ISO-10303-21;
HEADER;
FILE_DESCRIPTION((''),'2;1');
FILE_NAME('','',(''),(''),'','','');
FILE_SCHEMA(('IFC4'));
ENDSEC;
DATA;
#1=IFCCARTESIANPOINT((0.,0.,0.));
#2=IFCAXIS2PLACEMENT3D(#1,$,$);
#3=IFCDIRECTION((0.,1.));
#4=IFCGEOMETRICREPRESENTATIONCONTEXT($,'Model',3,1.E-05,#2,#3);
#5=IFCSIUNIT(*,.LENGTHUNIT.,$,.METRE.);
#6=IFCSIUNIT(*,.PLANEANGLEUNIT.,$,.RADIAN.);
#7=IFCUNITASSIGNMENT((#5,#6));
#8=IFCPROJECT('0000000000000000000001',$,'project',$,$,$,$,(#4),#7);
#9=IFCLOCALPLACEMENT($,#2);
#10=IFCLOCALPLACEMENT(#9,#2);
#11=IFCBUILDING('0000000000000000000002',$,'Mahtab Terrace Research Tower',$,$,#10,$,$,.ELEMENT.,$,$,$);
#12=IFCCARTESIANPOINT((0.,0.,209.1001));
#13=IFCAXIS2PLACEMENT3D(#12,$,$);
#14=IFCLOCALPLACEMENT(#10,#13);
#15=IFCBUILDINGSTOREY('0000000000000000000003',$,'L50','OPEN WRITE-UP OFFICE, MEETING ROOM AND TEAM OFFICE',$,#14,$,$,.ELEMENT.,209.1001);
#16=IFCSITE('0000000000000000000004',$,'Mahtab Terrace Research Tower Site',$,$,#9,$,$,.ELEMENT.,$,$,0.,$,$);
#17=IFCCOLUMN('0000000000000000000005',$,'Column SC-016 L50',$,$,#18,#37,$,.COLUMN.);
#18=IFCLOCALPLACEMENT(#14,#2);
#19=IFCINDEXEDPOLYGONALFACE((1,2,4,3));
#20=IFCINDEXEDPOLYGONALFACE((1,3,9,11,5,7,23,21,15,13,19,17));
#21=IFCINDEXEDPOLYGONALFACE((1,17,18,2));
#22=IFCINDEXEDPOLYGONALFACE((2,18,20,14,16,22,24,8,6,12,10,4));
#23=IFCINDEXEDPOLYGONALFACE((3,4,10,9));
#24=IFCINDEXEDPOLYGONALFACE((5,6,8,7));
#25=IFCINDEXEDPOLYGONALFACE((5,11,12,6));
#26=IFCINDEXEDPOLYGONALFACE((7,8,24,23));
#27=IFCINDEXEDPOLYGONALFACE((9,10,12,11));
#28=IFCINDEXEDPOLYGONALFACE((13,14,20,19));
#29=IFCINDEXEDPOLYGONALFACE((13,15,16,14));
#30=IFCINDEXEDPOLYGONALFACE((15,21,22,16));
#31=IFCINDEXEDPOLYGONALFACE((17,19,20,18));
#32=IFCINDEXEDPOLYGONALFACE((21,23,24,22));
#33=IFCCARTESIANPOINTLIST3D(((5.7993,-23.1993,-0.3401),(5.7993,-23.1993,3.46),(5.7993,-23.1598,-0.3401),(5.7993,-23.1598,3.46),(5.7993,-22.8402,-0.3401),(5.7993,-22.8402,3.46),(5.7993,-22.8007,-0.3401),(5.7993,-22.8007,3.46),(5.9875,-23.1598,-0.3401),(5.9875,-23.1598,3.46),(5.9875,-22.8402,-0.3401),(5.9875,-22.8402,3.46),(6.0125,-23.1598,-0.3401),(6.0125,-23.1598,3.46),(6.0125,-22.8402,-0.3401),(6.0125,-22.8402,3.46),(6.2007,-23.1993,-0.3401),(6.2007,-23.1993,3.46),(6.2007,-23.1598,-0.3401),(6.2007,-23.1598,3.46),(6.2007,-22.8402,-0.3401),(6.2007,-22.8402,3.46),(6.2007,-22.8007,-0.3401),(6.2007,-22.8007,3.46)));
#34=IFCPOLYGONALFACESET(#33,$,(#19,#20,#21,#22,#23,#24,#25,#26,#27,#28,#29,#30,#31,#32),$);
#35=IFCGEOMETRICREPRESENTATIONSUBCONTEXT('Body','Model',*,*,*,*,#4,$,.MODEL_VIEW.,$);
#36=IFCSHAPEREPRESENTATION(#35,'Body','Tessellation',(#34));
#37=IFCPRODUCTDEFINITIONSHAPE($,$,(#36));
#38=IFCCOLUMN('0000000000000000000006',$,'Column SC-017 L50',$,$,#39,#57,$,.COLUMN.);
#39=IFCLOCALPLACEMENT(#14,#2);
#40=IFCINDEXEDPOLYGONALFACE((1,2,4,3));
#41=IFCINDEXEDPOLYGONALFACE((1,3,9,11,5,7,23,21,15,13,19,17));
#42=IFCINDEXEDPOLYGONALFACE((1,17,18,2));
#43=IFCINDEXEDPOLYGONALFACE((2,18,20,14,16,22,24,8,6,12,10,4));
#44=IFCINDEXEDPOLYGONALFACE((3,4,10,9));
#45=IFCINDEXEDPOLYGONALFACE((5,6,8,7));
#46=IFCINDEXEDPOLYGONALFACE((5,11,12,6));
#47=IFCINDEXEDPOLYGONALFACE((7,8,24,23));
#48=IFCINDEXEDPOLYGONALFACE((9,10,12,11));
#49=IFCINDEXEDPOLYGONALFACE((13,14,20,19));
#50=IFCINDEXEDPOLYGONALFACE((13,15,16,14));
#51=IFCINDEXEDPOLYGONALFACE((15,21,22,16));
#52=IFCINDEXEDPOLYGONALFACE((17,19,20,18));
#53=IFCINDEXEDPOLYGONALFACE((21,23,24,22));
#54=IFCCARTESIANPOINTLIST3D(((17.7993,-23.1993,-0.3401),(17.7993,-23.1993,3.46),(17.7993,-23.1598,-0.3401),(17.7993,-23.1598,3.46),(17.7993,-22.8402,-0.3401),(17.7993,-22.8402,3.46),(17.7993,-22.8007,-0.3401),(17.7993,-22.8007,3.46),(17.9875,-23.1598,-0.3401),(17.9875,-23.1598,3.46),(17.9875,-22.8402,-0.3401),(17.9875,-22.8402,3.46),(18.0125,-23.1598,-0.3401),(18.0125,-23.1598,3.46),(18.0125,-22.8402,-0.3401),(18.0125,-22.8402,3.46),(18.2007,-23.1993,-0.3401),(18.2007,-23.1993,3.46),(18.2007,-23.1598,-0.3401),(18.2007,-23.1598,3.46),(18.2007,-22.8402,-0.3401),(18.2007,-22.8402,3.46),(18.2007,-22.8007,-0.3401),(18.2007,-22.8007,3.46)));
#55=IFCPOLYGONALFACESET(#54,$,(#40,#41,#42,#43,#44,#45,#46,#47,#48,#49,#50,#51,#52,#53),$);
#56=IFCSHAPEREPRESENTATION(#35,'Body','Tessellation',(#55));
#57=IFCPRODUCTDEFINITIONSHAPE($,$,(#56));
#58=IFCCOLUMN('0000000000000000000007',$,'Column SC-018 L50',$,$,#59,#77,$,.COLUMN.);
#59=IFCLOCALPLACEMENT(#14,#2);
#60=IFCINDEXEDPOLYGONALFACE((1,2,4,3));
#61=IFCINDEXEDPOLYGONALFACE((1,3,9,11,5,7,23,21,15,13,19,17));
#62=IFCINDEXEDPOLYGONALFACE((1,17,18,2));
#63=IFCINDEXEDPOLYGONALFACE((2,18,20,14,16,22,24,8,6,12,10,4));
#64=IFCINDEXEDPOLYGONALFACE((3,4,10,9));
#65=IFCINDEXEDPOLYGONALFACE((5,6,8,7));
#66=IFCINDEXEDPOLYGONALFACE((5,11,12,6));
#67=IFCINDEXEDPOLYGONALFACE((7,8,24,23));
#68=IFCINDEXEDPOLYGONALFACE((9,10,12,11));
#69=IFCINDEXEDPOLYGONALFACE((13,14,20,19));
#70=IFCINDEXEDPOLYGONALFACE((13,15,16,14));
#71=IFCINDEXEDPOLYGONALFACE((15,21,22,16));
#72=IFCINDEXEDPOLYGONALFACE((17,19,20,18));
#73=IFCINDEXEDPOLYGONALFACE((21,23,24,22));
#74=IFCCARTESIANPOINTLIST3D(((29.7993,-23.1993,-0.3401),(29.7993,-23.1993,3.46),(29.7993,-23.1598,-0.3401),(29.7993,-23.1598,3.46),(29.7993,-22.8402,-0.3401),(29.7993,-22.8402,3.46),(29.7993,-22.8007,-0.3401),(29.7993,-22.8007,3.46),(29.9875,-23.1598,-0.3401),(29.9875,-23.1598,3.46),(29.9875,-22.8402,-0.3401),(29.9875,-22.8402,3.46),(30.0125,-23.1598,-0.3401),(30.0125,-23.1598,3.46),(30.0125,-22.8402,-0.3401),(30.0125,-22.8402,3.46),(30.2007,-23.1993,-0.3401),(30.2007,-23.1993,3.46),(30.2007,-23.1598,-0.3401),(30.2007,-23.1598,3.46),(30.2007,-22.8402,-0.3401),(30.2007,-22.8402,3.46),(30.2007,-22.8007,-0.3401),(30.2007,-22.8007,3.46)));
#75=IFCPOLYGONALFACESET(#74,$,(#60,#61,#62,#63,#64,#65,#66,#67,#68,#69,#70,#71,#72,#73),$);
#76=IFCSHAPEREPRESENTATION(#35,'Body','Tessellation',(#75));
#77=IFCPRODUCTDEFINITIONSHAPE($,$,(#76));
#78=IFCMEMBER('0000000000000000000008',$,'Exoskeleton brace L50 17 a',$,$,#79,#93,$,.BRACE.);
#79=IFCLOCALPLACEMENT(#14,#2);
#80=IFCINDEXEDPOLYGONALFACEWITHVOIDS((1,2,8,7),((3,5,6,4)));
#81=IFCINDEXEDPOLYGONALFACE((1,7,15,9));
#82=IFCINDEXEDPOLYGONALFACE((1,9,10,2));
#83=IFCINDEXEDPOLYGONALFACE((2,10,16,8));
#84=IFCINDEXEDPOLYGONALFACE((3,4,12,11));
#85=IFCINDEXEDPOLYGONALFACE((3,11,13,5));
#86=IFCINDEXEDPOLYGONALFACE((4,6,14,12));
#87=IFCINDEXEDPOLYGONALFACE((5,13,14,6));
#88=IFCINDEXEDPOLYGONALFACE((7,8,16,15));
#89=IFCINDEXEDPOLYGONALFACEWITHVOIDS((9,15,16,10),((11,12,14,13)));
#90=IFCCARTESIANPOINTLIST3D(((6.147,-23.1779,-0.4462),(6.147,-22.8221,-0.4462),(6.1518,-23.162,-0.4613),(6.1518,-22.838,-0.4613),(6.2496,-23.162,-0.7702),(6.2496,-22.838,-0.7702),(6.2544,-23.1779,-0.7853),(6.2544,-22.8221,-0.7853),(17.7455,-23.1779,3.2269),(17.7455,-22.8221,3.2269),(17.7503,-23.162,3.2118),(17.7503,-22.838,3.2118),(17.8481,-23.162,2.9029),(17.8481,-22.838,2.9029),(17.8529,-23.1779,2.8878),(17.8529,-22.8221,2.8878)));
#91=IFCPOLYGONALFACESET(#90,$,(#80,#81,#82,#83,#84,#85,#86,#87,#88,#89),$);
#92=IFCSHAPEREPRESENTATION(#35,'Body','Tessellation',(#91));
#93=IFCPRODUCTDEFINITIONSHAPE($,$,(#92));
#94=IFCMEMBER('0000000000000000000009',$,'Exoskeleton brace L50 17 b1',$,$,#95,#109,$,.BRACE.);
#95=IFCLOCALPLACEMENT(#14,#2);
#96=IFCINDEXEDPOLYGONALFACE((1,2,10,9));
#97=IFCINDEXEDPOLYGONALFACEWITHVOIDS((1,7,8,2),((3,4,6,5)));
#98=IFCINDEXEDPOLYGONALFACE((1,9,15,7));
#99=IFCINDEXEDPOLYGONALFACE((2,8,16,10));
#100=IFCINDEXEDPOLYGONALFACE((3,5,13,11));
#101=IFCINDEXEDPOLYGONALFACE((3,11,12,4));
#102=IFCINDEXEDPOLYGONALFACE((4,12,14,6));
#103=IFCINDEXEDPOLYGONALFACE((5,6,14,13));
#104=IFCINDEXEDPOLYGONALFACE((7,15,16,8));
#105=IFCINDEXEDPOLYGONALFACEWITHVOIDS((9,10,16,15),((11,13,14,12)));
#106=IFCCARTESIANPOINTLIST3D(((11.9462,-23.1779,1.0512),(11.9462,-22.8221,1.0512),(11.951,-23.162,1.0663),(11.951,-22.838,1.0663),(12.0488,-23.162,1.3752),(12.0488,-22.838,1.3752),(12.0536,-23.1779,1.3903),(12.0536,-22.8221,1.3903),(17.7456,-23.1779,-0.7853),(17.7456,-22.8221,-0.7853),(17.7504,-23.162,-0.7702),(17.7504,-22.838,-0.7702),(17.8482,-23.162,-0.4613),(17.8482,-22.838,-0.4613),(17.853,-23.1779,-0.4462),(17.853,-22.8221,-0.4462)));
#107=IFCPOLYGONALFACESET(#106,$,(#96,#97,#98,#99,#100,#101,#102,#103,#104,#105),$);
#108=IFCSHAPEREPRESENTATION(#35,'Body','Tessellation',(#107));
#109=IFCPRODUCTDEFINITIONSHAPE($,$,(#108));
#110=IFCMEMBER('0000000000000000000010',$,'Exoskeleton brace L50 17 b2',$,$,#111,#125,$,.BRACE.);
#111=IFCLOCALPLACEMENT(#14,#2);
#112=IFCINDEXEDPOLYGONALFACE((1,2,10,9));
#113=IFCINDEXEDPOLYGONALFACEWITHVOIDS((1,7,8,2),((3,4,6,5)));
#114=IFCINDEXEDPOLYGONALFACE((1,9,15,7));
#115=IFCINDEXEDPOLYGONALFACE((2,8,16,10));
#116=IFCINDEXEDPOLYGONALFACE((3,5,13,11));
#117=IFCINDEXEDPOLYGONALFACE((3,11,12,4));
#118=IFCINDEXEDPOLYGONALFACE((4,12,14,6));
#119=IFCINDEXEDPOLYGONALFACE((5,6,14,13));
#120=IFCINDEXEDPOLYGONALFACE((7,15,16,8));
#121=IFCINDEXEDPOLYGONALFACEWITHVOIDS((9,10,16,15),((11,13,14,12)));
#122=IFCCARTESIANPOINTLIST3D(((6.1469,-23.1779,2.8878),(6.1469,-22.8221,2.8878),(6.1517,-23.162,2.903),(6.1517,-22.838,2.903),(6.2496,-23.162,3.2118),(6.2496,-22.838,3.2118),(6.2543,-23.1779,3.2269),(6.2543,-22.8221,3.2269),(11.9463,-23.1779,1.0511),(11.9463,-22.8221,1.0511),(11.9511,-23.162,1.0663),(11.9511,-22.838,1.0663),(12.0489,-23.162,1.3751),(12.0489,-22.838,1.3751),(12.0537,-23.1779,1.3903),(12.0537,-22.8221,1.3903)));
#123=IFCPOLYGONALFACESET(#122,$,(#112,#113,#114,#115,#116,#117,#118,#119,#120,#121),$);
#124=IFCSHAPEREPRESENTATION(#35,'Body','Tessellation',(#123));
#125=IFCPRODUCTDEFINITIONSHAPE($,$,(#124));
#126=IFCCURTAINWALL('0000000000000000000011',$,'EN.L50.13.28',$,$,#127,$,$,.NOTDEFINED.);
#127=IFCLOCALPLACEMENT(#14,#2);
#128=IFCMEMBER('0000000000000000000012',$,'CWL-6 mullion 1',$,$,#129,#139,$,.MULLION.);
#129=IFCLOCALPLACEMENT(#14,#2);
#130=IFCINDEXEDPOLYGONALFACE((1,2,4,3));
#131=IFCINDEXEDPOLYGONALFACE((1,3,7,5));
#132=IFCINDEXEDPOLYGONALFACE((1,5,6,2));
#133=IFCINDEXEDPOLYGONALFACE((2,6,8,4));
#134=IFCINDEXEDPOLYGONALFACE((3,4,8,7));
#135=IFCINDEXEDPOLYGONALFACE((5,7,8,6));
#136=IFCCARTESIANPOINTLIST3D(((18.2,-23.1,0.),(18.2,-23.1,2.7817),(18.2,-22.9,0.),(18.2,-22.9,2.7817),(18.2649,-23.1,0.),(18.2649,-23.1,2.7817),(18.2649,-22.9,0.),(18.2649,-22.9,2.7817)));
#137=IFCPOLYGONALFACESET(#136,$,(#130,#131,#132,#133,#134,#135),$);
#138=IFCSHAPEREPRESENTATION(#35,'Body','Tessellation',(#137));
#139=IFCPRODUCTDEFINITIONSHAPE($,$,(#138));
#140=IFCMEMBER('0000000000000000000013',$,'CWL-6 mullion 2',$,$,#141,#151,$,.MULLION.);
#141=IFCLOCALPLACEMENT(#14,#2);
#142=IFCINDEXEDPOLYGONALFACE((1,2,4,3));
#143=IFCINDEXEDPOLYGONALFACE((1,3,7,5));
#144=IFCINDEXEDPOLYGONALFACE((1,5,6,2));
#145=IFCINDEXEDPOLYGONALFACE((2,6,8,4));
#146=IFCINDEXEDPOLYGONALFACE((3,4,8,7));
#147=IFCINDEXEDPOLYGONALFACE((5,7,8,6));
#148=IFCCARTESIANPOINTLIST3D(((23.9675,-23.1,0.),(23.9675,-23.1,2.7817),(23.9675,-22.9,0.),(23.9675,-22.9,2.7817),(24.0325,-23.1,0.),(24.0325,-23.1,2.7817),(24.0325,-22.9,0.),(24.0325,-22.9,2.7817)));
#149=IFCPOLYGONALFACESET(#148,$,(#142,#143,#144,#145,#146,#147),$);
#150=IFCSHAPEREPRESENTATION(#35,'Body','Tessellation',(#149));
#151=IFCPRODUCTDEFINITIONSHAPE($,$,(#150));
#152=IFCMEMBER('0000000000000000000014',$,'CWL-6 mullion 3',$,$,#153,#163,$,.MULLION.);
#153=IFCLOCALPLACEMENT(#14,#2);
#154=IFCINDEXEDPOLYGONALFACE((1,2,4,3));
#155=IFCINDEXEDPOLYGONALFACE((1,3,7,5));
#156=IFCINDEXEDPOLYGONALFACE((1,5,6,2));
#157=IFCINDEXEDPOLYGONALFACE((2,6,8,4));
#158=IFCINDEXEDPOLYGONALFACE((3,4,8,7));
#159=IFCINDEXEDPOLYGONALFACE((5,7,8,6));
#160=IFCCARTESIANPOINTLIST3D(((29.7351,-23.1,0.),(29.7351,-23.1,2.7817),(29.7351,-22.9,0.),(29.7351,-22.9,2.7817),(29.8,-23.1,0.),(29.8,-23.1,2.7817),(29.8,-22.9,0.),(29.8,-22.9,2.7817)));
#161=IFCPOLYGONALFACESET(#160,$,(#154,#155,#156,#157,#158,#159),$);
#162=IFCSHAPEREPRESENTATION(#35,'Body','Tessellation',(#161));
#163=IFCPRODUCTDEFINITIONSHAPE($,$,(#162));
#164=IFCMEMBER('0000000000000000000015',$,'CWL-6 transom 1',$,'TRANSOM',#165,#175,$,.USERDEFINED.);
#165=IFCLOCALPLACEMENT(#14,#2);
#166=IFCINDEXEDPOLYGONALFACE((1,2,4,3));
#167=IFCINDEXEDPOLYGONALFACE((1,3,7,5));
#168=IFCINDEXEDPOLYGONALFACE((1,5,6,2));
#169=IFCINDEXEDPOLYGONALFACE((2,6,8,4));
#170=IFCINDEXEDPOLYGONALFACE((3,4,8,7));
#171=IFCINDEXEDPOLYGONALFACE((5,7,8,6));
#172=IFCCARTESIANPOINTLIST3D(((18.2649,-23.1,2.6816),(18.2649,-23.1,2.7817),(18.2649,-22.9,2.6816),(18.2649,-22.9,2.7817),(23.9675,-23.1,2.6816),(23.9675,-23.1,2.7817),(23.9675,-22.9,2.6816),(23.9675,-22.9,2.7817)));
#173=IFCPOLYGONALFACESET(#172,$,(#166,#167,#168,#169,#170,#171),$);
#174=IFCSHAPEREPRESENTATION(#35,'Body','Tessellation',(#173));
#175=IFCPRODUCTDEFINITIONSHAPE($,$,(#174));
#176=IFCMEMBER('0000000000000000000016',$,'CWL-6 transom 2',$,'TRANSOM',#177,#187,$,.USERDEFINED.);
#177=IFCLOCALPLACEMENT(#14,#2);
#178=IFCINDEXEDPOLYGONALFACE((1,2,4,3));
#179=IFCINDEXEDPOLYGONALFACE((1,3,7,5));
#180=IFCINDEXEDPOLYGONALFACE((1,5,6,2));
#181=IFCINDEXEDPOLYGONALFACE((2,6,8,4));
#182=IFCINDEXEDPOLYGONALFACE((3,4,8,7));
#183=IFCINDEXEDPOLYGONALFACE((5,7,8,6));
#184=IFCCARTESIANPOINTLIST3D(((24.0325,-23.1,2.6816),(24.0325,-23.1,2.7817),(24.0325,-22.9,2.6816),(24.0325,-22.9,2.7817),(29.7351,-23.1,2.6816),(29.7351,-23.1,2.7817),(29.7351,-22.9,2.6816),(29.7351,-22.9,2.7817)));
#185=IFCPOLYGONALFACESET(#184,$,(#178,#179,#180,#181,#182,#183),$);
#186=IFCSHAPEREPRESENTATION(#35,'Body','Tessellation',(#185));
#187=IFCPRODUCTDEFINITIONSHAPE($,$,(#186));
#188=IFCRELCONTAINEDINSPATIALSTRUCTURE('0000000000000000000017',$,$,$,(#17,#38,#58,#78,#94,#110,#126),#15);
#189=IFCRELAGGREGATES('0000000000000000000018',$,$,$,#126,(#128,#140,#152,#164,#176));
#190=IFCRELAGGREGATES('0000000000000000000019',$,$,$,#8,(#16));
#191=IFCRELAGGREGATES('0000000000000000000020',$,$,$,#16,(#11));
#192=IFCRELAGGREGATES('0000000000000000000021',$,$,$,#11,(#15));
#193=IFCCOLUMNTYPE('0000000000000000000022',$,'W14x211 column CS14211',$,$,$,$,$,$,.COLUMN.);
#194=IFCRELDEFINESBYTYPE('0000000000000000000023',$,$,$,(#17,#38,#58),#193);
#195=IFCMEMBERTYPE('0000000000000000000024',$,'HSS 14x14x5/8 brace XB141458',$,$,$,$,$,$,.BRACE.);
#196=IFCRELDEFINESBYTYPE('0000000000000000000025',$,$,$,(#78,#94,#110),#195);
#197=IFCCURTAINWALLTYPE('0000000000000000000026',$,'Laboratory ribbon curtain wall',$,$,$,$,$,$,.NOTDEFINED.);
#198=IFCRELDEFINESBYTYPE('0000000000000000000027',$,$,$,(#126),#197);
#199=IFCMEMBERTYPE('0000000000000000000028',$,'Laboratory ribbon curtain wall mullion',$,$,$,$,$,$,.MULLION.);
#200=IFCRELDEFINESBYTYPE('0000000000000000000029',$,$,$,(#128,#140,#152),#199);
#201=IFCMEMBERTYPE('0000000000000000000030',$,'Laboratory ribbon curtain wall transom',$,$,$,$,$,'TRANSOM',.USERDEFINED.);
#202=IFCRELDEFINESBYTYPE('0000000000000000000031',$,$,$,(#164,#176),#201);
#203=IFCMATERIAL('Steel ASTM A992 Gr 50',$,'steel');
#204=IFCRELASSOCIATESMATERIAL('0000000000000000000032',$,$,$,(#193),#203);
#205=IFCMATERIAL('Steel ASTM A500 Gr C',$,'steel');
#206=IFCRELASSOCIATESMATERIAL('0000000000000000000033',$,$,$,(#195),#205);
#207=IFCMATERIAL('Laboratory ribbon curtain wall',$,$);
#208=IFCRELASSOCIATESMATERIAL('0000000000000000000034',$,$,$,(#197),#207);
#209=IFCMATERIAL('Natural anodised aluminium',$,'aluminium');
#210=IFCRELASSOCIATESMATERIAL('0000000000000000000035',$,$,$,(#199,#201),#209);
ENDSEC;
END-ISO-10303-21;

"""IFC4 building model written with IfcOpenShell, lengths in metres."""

from ifc_helpers import new_model, si_unit, direction, frame, origin, origin_2d, place, context, subcontext, project, spatial, rectangle, hollow_rectangle, i_section, extrude, material, material_profile, profile_set, type_object, element, aggregate, save


model = new_model("IFC4")

# Units and contexts
model_context = context("Model", 3, precision=1e-05, world=origin(), true_north=direction((0.0, 1.0)))
body_context = subcontext(model_context, "Body", "Model", "MODEL_VIEW")
ifc_project = project(units=[si_unit("LENGTHUNIT", "METRE"), si_unit("PLANEANGLEUNIT", "RADIAN")], contexts=[model_context])

# Site, building, storey
site_placement = place(None, origin())
site = spatial("IfcSite", under=ifc_project, at=site_placement, Name="Mahtab Terrace Research Tower Site", CompositionType="ELEMENT", RefElevation=0.0)
building_placement = place(site_placement, origin())
building = spatial("IfcBuilding", under=site, at=building_placement, Name="Mahtab Terrace Research Tower", CompositionType="ELEMENT")
storey_placement = place(building_placement, frame((0.0, 0.0, 209.1001)))
storey = spatial("IfcBuildingStorey", under=building, at=storey_placement, Name="L50", Description="OPEN WRITE-UP OFFICE, MEETING ROOM AND TEAM OFFICE", CompositionType="ELEMENT", Elevation=209.1001)

# Columns
ifc_material_1 = material(Name="Steel ASTM A992 Gr 50", Category="steel")
ifc_material_profile_1 = material_profile(ifc_material_1, i_section(OverallWidth=0.4014, OverallDepth=0.3987, WebThickness=0.0249, FlangeThickness=0.0396, at=origin_2d()), Name="W14X211")
ifc_profile_set_1 = profile_set([ifc_material_profile_1], Name="Steel ASTM A992 Gr 50")
column_type = type_object("IfcColumnType", Name="W14x211 column CS14211", PredefinedType="COLUMN", material=ifc_profile_set_1)
for number, where, z_axis, x_axis, name in (
    (1, (6.0, -23.0, -0.3401), (0.0, 0.0, 1.0), (1.0, 0.0, 0.0), "Column SC-016 L50"),
    (2, (18.0, -23.0, -0.3401), (0.0, 0.0, 1.0), (1.0, 0.0, 0.0), "Column SC-017 L50"),
    (3, (30.0, -23.0, -0.3401), (0.0, 0.0, 1.0), (1.0, 0.0, 0.0), "Column SC-018 L50"),
):
    element("IfcColumn", number, at=place(storey_placement, frame(where, z_axis=z_axis, x_axis=x_axis)), inside=storey, type_object=column_type, Name=name, PredefinedType="COLUMN", context=body_context, shape_type="SweptSolid", body=[
        extrude(i_section(OverallWidth=0.4014, OverallDepth=0.3987, WebThickness=0.0249, FlangeThickness=0.0396, at=origin_2d()), origin(), (0.0, 0.0, 1.0), 3.8),
    ])

# Members
ifc_material_2 = material(Name="Steel ASTM A500 Gr C", Category="steel")
ifc_material_profile_2 = material_profile(ifc_material_2, hollow_rectangle(XDim=0.3557, YDim=0.3557, WallThickness=0.0159, at=origin_2d()), Name="HSS14X14X5/8")
ifc_profile_set_2 = profile_set([ifc_material_profile_2], Name="Steel ASTM A500 Gr C")
member_type_1 = type_object("IfcMemberType", Name="HSS 14x14x5/8 brace XB141458", PredefinedType="BRACE", material=ifc_profile_set_2)
member_1_placement = place(storey_placement, frame((6.2007, -23.0, -0.6157), z_axis=(0.953338, 0.0, 0.301906), x_axis=(0.0, 1.0, 0.0)))
element("IfcMember", 4, at=member_1_placement, inside=storey, type_object=member_type_1, Name="Exoskeleton brace L50 17 a", PredefinedType="BRACE", context=body_context, shape_type="SweptSolid", body=[
    extrude(hollow_rectangle(XDim=0.3557, YDim=0.3557, WallThickness=0.0159, at=origin_2d()), origin(), (0.0, 0.0, 1.0), 12.1663),
])
for number, where, z_axis, x_axis, name in (
    (5, (17.7993, -23.0, -0.6157), (-0.953343, 0.0, 0.301888), (0.0, -1.0, 0.0), "Exoskeleton brace L50 17 b1"),
    (6, (12.0, -23.0, 1.2207), (-0.953332, 0.0, 0.301925), (0.0, -1.0, 0.0), "Exoskeleton brace L50 17 b2"),
):
    element("IfcMember", number, at=place(storey_placement, frame(where, z_axis=z_axis, x_axis=x_axis)), inside=storey, type_object=member_type_1, Name=name, PredefinedType="BRACE", context=body_context, shape_type="SweptSolid", body=[
        extrude(hollow_rectangle(XDim=0.3557, YDim=0.3557, WallThickness=0.0159, at=origin_2d()), origin(), (0.0, 0.0, 1.0), 6.0833),
    ])

# Curtain wall, members
ifc_material_3 = material(Name="Laboratory ribbon curtain wall")
curtain_wall_type = type_object("IfcCurtainWallType", Name="Laboratory ribbon curtain wall", PredefinedType="NOTDEFINED", material=ifc_material_3)
curtain_wall_placement = place(storey_placement, origin())
curtain_wall = element("IfcCurtainWall", 7, at=curtain_wall_placement, inside=storey, type_object=curtain_wall_type, Name="EN.L50.13.28", PredefinedType="NOTDEFINED")
ifc_material_4 = material(Name="Natural anodised aluminium", Category="aluminium")
ifc_material_profile_3 = material_profile(ifc_material_4, rectangle(XDim=0.2, YDim=0.0649, at=origin_2d()), Name="MULLION 65x200")
ifc_profile_set_3 = profile_set([ifc_material_profile_3], Name="Natural anodised aluminium")
member_type_2 = type_object("IfcMemberType", Name="Laboratory ribbon curtain wall mullion", PredefinedType="MULLION", material=ifc_profile_set_3)
member_2_placement = place(storey_placement, frame((18.2324, -23.0, 0.0), z_axis=(0.0, 0.0, 1.0), x_axis=(0.0, 1.0, 0.0)))
member_2 = element("IfcMember", 8, at=member_2_placement, type_object=member_type_2, Name="CWL-6 mullion 1", PredefinedType="MULLION", context=body_context, shape_type="SweptSolid", body=[
    extrude(rectangle(XDim=0.2, YDim=0.0649, at=origin_2d()), origin(), (0.0, 0.0, 1.0), 2.7817),
])
member_3_placement = place(storey_placement, frame((24.0, -23.0, 0.0), z_axis=(0.0, 0.0, 1.0), x_axis=(0.0, 1.0, 0.0)))
member_3 = element("IfcMember", 9, at=member_3_placement, type_object=member_type_2, Name="CWL-6 mullion 2", PredefinedType="MULLION", context=body_context, shape_type="SweptSolid", body=[
    extrude(rectangle(XDim=0.2, YDim=0.0649, at=origin_2d()), origin(), (0.0, 0.0, 1.0), 2.7817),
])
member_4_placement = place(storey_placement, frame((29.7676, -23.0, 0.0), z_axis=(0.0, 0.0, 1.0), x_axis=(0.0, 1.0, 0.0)))
member_4 = element("IfcMember", 10, at=member_4_placement, type_object=member_type_2, Name="CWL-6 mullion 3", PredefinedType="MULLION", context=body_context, shape_type="SweptSolid", body=[
    extrude(rectangle(XDim=0.2, YDim=0.0649, at=origin_2d()), origin(), (0.0, 0.0, 1.0), 2.7817),
])
ifc_material_profile_4 = material_profile(ifc_material_4, rectangle(XDim=0.2, YDim=0.1001, at=origin_2d()), Name="TRANSOM 100x200")
ifc_profile_set_4 = profile_set([ifc_material_profile_4], Name="Natural anodised aluminium")
member_type_3 = type_object("IfcMemberType", Name="Laboratory ribbon curtain wall transom", ElementType="TRANSOM", PredefinedType="USERDEFINED", material=ifc_profile_set_4)
member_5_placement = place(storey_placement, frame((18.2649, -23.0, 2.7317), z_axis=(1.0, 0.0, 0.0), x_axis=(0.0, 1.0, 0.0)))
member_5 = element("IfcMember", 11, at=member_5_placement, type_object=member_type_3, Name="CWL-6 transom 1", ObjectType="TRANSOM", PredefinedType="USERDEFINED", context=body_context, shape_type="SweptSolid", body=[
    extrude(rectangle(XDim=0.2, YDim=0.1001, at=origin_2d()), origin(), (0.0, 0.0, 1.0), 5.7026),
])
member_6_placement = place(storey_placement, frame((24.0325, -23.0, 2.7317), z_axis=(1.0, 0.0, 0.0), x_axis=(0.0, 1.0, 0.0)))
member_6 = element("IfcMember", 12, at=member_6_placement, type_object=member_type_3, Name="CWL-6 transom 2", ObjectType="TRANSOM", PredefinedType="USERDEFINED", context=body_context, shape_type="SweptSolid", body=[
    extrude(rectangle(XDim=0.2, YDim=0.1001, at=origin_2d()), origin(), (0.0, 0.0, 1.0), 5.7026),
])

aggregate(curtain_wall, [member_2, member_3, member_4, member_5, member_6])

save(model, "model.ifc")
